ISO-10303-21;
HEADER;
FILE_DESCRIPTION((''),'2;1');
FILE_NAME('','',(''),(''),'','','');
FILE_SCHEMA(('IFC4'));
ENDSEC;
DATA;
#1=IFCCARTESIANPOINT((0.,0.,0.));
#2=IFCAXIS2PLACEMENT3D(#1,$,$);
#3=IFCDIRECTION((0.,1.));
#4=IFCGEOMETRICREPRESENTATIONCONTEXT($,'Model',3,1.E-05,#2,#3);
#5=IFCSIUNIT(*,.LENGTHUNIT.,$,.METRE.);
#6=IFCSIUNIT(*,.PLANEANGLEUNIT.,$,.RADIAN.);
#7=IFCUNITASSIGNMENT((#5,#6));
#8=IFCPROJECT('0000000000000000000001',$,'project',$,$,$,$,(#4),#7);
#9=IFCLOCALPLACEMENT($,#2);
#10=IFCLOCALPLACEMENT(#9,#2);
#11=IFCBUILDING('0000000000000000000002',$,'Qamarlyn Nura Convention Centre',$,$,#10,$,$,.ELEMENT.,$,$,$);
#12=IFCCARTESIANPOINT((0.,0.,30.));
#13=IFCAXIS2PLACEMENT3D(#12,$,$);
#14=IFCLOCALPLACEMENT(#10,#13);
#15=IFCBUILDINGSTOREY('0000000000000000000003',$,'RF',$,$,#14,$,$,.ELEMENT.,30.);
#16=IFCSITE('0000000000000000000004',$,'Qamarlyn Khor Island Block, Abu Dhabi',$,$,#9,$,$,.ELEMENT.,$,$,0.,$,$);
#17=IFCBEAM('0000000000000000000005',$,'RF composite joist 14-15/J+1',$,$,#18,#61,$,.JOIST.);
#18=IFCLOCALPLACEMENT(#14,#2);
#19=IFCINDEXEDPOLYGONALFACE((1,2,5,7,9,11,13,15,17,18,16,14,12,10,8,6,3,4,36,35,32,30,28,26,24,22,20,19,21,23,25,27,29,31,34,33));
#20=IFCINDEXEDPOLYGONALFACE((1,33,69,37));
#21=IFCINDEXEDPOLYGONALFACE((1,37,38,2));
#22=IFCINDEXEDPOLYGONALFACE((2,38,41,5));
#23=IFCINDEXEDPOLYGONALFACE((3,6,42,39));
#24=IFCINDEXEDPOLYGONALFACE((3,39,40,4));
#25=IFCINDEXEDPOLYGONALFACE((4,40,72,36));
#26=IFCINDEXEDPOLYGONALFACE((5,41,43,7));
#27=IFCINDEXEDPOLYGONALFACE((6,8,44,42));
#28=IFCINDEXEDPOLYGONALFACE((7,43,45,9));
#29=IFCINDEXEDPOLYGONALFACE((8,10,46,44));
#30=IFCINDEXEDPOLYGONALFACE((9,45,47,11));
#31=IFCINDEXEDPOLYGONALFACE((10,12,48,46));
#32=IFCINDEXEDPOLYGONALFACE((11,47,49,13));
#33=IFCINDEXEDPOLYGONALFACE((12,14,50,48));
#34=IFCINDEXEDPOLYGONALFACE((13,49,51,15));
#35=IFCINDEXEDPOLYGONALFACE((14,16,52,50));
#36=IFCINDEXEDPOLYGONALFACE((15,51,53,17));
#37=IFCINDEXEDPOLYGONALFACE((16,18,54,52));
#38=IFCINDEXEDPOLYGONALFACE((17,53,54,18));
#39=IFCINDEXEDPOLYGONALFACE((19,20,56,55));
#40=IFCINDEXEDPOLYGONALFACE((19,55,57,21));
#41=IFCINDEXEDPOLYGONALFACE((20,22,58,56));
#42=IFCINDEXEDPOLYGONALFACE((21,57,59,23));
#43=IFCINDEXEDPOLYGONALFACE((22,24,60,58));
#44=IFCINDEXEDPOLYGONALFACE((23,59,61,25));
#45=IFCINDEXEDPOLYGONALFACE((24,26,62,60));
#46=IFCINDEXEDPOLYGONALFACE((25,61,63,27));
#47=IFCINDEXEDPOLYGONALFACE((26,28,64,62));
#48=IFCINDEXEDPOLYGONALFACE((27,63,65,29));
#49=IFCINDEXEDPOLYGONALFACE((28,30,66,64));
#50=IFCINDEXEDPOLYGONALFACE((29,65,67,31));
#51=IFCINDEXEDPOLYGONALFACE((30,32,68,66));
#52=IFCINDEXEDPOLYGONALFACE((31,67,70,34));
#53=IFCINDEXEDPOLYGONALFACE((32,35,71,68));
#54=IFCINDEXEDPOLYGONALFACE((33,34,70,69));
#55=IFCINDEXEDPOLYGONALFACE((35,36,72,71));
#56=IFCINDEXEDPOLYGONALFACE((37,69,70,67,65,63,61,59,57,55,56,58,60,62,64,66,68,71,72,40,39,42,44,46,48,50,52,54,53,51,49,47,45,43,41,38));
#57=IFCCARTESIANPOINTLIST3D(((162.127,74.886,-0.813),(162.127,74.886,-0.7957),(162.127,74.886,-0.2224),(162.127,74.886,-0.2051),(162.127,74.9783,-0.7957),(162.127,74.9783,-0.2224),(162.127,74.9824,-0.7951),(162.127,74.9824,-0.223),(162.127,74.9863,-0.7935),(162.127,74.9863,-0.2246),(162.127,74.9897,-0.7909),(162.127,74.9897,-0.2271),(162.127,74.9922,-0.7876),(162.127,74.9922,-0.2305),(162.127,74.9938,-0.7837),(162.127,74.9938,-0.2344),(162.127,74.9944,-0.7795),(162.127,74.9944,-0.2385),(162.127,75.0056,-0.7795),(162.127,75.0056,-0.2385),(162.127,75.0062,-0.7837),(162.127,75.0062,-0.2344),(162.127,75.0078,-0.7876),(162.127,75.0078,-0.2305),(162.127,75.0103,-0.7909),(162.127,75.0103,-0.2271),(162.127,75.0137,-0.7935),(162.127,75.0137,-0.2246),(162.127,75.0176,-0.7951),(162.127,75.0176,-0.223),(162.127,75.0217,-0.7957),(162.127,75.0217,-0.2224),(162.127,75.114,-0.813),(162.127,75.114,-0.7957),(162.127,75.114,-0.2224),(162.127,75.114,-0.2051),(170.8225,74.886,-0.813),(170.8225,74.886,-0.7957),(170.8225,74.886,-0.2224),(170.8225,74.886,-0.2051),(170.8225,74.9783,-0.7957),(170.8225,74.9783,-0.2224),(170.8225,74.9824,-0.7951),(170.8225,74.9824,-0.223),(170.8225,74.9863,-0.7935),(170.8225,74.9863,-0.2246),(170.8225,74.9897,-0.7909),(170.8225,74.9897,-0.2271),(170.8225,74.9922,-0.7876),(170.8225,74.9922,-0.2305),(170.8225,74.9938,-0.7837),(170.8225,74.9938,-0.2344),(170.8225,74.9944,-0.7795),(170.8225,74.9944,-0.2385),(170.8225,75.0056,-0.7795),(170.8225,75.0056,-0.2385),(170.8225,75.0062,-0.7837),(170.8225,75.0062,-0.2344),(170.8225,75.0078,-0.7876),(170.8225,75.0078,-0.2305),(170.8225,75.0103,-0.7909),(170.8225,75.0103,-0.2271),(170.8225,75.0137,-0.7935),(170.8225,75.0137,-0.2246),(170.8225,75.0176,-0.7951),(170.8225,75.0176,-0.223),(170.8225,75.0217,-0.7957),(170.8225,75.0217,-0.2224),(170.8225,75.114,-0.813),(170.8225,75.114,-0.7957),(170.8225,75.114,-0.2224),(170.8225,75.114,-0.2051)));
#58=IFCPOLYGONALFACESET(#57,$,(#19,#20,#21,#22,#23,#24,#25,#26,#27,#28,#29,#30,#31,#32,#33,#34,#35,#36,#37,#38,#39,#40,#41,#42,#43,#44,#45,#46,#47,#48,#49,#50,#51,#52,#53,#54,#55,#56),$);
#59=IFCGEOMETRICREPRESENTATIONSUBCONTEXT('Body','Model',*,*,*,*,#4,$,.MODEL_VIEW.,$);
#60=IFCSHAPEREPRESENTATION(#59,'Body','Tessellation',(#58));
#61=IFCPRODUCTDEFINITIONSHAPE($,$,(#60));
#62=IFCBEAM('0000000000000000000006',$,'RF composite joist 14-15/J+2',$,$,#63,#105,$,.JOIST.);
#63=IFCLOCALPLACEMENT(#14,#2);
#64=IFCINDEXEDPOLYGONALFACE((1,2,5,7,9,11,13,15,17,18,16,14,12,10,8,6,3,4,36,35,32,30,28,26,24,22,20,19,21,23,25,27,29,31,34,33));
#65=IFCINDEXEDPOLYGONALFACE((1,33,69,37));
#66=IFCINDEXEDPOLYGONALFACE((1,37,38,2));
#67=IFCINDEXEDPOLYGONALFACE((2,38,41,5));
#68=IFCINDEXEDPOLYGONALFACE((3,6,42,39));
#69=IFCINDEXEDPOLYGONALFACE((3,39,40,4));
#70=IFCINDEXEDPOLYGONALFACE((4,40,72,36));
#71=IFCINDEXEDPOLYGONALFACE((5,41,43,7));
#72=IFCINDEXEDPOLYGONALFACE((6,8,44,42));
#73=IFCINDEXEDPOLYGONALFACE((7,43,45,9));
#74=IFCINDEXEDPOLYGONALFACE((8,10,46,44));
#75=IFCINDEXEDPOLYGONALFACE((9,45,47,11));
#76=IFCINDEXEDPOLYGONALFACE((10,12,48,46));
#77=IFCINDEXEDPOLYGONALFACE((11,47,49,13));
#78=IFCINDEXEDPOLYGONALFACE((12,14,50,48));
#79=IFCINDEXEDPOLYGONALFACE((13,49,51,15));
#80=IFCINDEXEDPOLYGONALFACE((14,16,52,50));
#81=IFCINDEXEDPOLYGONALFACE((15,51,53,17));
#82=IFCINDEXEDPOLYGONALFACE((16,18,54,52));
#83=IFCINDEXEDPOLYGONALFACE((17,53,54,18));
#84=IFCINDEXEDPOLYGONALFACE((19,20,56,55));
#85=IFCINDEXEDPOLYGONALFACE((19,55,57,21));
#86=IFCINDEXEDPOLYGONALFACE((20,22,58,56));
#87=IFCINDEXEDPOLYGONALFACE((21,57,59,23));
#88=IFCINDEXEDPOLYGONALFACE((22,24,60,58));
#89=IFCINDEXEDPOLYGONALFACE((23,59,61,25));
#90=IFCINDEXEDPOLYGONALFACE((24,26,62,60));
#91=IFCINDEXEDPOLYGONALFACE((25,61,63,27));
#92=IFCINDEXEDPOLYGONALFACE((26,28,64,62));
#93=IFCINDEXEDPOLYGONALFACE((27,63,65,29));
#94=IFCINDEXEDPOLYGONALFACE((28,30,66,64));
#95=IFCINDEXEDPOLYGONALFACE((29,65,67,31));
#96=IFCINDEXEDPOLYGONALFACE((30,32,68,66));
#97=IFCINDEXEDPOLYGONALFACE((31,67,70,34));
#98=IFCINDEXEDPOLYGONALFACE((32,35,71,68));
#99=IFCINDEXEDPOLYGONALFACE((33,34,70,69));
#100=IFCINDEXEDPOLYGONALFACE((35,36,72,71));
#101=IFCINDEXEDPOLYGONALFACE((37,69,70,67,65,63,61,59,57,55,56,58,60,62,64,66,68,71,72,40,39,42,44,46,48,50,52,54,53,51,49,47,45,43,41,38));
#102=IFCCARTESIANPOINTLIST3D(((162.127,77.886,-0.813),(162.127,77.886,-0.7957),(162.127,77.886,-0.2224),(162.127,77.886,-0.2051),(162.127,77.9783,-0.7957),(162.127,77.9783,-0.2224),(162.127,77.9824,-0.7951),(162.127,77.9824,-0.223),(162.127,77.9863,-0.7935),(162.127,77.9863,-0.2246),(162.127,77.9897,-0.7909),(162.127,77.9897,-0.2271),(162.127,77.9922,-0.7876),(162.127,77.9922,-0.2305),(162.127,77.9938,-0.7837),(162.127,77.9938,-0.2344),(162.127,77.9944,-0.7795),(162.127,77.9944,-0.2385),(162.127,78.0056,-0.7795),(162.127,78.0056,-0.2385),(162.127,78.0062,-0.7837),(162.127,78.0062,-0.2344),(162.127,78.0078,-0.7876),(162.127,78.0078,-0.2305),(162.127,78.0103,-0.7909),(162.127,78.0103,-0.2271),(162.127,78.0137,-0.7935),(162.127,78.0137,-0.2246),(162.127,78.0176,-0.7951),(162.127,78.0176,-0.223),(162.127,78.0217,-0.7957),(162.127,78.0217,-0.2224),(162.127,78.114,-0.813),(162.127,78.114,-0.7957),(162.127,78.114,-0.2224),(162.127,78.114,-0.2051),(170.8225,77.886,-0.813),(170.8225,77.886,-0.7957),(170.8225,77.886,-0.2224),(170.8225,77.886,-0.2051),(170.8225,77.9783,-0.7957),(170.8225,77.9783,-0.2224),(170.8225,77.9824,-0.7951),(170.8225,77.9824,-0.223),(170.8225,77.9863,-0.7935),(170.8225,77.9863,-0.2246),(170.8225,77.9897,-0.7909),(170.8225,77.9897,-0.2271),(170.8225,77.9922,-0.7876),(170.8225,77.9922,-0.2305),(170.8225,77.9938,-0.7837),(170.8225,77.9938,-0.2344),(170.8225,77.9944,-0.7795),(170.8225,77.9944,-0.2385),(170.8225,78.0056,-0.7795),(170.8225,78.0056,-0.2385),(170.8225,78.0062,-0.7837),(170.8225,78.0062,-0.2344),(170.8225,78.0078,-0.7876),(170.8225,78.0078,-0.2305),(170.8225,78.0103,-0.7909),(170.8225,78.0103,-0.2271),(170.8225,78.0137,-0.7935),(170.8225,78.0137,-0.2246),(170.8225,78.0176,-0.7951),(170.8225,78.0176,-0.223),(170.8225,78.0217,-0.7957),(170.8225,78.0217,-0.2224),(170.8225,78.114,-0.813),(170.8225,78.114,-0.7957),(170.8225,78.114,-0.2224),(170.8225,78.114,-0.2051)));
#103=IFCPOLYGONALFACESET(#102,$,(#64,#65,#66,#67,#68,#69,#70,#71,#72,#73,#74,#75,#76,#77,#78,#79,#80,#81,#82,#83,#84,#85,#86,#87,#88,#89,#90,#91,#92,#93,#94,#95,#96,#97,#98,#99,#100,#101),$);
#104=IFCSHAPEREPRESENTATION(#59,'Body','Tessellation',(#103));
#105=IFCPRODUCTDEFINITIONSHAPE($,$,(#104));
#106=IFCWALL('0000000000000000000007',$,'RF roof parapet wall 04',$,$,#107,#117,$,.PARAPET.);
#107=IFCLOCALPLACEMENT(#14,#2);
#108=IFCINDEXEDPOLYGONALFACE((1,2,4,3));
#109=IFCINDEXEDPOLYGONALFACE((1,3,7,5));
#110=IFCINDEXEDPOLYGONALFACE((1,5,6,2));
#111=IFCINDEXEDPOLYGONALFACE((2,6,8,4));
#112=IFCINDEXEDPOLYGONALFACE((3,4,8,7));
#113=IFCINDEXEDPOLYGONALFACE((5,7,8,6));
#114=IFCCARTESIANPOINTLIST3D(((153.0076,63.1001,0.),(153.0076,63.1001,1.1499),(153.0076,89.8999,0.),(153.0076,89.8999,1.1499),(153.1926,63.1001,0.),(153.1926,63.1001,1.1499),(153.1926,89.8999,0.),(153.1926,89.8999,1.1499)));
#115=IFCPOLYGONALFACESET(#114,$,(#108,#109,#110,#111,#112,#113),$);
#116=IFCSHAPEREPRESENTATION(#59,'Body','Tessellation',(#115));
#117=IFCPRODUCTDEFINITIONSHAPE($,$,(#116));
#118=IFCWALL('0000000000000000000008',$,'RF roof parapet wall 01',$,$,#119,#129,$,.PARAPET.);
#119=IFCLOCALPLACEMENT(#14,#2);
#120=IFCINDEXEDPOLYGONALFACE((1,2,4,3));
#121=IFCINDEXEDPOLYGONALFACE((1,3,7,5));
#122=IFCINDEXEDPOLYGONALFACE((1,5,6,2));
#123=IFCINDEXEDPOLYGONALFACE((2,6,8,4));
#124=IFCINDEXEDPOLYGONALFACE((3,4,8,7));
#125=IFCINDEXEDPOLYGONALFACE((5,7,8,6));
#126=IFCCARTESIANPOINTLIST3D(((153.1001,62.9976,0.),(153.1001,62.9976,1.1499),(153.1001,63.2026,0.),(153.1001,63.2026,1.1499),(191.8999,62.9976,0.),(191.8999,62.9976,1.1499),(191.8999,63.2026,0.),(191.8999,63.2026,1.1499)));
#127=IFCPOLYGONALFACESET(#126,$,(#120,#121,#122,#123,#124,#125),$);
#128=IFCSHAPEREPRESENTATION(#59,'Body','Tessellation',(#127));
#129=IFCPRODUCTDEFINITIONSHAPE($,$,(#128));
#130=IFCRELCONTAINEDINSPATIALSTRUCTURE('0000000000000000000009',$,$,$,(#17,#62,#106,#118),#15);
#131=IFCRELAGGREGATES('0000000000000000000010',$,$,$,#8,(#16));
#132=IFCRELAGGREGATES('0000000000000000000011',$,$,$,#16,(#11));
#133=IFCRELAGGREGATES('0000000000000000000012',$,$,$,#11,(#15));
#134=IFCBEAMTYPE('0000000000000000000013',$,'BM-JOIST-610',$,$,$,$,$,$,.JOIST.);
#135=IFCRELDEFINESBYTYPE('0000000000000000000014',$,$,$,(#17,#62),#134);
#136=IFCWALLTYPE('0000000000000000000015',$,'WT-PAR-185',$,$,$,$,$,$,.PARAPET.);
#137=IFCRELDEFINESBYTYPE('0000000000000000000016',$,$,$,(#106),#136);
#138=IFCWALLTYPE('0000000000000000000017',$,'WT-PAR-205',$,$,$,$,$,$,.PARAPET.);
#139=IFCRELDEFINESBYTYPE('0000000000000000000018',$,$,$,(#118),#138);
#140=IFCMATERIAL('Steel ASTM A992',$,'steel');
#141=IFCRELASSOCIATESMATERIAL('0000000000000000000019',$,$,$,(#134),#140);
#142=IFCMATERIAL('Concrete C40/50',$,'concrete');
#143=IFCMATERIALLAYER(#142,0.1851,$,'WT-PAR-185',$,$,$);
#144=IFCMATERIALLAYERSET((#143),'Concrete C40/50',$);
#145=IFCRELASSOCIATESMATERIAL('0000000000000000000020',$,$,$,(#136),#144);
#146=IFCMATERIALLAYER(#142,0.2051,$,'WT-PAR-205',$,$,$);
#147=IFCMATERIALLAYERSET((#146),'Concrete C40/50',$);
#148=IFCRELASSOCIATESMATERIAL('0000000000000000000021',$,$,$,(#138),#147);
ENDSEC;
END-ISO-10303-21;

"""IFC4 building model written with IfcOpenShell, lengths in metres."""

from ifc_helpers import new_model, si_unit, direction, frame, frame_2d, origin, origin_2d, place, context, subcontext, project, spatial, rectangle, i_section, extrude, material, layer, layer_set, material_profile, profile_set, type_object, element, save


model = new_model("IFC4")

# Units and contexts
model_context = context("Model", 3, precision=1e-05, world=origin(), true_north=direction((0.0, 1.0)))
body_context = subcontext(model_context, "Body", "Model", "MODEL_VIEW")
ifc_project = project(units=[si_unit("LENGTHUNIT", "METRE"), si_unit("PLANEANGLEUNIT", "RADIAN")], contexts=[model_context])

# Site, building, storey
site_placement = place(None, origin())
site = spatial("IfcSite", under=ifc_project, at=site_placement, Name="Qamarlyn Khor Island Block, Abu Dhabi", CompositionType="ELEMENT", RefElevation=0.0)
building_placement = place(site_placement, origin())
building = spatial("IfcBuilding", under=site, at=building_placement, Name="Qamarlyn Nura Convention Centre", CompositionType="ELEMENT")
storey_placement = place(building_placement, frame((0.0, 0.0, 30.0)))
storey = spatial("IfcBuildingStorey", under=building, at=storey_placement, Name="RF", CompositionType="ELEMENT", Elevation=30.0)

# Beams
ifc_material_1 = material(Name="Steel ASTM A992", Category="steel")
ifc_material_profile_1 = material_profile(ifc_material_1, i_section(OverallWidth=0.228, OverallDepth=0.6079, WebThickness=0.0112, FlangeThickness=0.0173, FilletRadius=0.0161, at=origin_2d()), Name="W610X113")
ifc_profile_set_1 = profile_set([ifc_material_profile_1], Name="Steel ASTM A992")
beam_type_1 = type_object("IfcBeamType", Name="BM-JOIST-610", PredefinedType="JOIST", material=ifc_profile_set_1)
for number, where, z_axis, x_axis, name in (
    (1, (162.127, 75.0, -0.509), (1.0, 0.0, 0.0), (0.0, 1.0, 0.0), "RF composite joist 14-15/J+1"),
    (2, (162.127, 78.0, -0.509), (1.0, 0.0, 0.0), (0.0, 1.0, 0.0), "RF composite joist 14-15/J+2"),
):
    element("IfcBeam", number, at=place(storey_placement, frame(where, z_axis=z_axis, x_axis=x_axis)), inside=storey, type_object=beam_type_1, Name=name, PredefinedType="JOIST", context=body_context, shape_type="SweptSolid", body=[
        extrude(i_section(OverallWidth=0.228, OverallDepth=0.6079, WebThickness=0.0112, FlangeThickness=0.0173, FilletRadius=0.0161, at=origin_2d()), origin(), (0.0, 0.0, 1.0), 8.6956),
    ])

# Walls
ifc_material_2 = material(Name="Concrete C40/50", Category="concrete")
ifc_layer_1 = layer(ifc_material_2, 0.1851, Name="WT-PAR-185")
ifc_layer_set_1 = layer_set([ifc_layer_1], Name="Concrete C40/50")
wall_type_1 = type_object("IfcWallType", Name="WT-PAR-185", PredefinedType="PARAPET", material=ifc_layer_set_1)
wall_1_placement = place(storey_placement, frame((153.1001, 89.8999, 0.0), z_axis=(0.0, 0.0, 1.0), x_axis=(0.0, -1.0, 0.0)))
element("IfcWall", 3, at=wall_1_placement, inside=storey, type_object=wall_type_1, Name="RF roof parapet wall 04", PredefinedType="PARAPET", context=body_context, shape_type="SweptSolid", body=[
    extrude(rectangle(XDim=26.7998, YDim=0.1851, at=frame_2d((13.3999, 0.0))), origin(), (0.0, 0.0, 1.0), 1.1499),
])
ifc_layer_2 = layer(ifc_material_2, 0.2051, Name="WT-PAR-205")
ifc_layer_set_2 = layer_set([ifc_layer_2], Name="Concrete C40/50")
wall_type_2 = type_object("IfcWallType", Name="WT-PAR-205", PredefinedType="PARAPET", material=ifc_layer_set_2)
wall_2_placement = place(storey_placement, frame((153.1001, 63.1001, 0.0), z_axis=(0.0, 0.0, 1.0), x_axis=(1.0, 0.0, 0.0)))
element("IfcWall", 4, at=wall_2_placement, inside=storey, type_object=wall_type_2, Name="RF roof parapet wall 01", PredefinedType="PARAPET", context=body_context, shape_type="SweptSolid", body=[
    extrude(rectangle(XDim=38.7998, YDim=0.2051, at=frame_2d((19.3999, 0.0))), origin(), (0.0, 0.0, 1.0), 1.1499),
])

save(model, "model.ifc")
